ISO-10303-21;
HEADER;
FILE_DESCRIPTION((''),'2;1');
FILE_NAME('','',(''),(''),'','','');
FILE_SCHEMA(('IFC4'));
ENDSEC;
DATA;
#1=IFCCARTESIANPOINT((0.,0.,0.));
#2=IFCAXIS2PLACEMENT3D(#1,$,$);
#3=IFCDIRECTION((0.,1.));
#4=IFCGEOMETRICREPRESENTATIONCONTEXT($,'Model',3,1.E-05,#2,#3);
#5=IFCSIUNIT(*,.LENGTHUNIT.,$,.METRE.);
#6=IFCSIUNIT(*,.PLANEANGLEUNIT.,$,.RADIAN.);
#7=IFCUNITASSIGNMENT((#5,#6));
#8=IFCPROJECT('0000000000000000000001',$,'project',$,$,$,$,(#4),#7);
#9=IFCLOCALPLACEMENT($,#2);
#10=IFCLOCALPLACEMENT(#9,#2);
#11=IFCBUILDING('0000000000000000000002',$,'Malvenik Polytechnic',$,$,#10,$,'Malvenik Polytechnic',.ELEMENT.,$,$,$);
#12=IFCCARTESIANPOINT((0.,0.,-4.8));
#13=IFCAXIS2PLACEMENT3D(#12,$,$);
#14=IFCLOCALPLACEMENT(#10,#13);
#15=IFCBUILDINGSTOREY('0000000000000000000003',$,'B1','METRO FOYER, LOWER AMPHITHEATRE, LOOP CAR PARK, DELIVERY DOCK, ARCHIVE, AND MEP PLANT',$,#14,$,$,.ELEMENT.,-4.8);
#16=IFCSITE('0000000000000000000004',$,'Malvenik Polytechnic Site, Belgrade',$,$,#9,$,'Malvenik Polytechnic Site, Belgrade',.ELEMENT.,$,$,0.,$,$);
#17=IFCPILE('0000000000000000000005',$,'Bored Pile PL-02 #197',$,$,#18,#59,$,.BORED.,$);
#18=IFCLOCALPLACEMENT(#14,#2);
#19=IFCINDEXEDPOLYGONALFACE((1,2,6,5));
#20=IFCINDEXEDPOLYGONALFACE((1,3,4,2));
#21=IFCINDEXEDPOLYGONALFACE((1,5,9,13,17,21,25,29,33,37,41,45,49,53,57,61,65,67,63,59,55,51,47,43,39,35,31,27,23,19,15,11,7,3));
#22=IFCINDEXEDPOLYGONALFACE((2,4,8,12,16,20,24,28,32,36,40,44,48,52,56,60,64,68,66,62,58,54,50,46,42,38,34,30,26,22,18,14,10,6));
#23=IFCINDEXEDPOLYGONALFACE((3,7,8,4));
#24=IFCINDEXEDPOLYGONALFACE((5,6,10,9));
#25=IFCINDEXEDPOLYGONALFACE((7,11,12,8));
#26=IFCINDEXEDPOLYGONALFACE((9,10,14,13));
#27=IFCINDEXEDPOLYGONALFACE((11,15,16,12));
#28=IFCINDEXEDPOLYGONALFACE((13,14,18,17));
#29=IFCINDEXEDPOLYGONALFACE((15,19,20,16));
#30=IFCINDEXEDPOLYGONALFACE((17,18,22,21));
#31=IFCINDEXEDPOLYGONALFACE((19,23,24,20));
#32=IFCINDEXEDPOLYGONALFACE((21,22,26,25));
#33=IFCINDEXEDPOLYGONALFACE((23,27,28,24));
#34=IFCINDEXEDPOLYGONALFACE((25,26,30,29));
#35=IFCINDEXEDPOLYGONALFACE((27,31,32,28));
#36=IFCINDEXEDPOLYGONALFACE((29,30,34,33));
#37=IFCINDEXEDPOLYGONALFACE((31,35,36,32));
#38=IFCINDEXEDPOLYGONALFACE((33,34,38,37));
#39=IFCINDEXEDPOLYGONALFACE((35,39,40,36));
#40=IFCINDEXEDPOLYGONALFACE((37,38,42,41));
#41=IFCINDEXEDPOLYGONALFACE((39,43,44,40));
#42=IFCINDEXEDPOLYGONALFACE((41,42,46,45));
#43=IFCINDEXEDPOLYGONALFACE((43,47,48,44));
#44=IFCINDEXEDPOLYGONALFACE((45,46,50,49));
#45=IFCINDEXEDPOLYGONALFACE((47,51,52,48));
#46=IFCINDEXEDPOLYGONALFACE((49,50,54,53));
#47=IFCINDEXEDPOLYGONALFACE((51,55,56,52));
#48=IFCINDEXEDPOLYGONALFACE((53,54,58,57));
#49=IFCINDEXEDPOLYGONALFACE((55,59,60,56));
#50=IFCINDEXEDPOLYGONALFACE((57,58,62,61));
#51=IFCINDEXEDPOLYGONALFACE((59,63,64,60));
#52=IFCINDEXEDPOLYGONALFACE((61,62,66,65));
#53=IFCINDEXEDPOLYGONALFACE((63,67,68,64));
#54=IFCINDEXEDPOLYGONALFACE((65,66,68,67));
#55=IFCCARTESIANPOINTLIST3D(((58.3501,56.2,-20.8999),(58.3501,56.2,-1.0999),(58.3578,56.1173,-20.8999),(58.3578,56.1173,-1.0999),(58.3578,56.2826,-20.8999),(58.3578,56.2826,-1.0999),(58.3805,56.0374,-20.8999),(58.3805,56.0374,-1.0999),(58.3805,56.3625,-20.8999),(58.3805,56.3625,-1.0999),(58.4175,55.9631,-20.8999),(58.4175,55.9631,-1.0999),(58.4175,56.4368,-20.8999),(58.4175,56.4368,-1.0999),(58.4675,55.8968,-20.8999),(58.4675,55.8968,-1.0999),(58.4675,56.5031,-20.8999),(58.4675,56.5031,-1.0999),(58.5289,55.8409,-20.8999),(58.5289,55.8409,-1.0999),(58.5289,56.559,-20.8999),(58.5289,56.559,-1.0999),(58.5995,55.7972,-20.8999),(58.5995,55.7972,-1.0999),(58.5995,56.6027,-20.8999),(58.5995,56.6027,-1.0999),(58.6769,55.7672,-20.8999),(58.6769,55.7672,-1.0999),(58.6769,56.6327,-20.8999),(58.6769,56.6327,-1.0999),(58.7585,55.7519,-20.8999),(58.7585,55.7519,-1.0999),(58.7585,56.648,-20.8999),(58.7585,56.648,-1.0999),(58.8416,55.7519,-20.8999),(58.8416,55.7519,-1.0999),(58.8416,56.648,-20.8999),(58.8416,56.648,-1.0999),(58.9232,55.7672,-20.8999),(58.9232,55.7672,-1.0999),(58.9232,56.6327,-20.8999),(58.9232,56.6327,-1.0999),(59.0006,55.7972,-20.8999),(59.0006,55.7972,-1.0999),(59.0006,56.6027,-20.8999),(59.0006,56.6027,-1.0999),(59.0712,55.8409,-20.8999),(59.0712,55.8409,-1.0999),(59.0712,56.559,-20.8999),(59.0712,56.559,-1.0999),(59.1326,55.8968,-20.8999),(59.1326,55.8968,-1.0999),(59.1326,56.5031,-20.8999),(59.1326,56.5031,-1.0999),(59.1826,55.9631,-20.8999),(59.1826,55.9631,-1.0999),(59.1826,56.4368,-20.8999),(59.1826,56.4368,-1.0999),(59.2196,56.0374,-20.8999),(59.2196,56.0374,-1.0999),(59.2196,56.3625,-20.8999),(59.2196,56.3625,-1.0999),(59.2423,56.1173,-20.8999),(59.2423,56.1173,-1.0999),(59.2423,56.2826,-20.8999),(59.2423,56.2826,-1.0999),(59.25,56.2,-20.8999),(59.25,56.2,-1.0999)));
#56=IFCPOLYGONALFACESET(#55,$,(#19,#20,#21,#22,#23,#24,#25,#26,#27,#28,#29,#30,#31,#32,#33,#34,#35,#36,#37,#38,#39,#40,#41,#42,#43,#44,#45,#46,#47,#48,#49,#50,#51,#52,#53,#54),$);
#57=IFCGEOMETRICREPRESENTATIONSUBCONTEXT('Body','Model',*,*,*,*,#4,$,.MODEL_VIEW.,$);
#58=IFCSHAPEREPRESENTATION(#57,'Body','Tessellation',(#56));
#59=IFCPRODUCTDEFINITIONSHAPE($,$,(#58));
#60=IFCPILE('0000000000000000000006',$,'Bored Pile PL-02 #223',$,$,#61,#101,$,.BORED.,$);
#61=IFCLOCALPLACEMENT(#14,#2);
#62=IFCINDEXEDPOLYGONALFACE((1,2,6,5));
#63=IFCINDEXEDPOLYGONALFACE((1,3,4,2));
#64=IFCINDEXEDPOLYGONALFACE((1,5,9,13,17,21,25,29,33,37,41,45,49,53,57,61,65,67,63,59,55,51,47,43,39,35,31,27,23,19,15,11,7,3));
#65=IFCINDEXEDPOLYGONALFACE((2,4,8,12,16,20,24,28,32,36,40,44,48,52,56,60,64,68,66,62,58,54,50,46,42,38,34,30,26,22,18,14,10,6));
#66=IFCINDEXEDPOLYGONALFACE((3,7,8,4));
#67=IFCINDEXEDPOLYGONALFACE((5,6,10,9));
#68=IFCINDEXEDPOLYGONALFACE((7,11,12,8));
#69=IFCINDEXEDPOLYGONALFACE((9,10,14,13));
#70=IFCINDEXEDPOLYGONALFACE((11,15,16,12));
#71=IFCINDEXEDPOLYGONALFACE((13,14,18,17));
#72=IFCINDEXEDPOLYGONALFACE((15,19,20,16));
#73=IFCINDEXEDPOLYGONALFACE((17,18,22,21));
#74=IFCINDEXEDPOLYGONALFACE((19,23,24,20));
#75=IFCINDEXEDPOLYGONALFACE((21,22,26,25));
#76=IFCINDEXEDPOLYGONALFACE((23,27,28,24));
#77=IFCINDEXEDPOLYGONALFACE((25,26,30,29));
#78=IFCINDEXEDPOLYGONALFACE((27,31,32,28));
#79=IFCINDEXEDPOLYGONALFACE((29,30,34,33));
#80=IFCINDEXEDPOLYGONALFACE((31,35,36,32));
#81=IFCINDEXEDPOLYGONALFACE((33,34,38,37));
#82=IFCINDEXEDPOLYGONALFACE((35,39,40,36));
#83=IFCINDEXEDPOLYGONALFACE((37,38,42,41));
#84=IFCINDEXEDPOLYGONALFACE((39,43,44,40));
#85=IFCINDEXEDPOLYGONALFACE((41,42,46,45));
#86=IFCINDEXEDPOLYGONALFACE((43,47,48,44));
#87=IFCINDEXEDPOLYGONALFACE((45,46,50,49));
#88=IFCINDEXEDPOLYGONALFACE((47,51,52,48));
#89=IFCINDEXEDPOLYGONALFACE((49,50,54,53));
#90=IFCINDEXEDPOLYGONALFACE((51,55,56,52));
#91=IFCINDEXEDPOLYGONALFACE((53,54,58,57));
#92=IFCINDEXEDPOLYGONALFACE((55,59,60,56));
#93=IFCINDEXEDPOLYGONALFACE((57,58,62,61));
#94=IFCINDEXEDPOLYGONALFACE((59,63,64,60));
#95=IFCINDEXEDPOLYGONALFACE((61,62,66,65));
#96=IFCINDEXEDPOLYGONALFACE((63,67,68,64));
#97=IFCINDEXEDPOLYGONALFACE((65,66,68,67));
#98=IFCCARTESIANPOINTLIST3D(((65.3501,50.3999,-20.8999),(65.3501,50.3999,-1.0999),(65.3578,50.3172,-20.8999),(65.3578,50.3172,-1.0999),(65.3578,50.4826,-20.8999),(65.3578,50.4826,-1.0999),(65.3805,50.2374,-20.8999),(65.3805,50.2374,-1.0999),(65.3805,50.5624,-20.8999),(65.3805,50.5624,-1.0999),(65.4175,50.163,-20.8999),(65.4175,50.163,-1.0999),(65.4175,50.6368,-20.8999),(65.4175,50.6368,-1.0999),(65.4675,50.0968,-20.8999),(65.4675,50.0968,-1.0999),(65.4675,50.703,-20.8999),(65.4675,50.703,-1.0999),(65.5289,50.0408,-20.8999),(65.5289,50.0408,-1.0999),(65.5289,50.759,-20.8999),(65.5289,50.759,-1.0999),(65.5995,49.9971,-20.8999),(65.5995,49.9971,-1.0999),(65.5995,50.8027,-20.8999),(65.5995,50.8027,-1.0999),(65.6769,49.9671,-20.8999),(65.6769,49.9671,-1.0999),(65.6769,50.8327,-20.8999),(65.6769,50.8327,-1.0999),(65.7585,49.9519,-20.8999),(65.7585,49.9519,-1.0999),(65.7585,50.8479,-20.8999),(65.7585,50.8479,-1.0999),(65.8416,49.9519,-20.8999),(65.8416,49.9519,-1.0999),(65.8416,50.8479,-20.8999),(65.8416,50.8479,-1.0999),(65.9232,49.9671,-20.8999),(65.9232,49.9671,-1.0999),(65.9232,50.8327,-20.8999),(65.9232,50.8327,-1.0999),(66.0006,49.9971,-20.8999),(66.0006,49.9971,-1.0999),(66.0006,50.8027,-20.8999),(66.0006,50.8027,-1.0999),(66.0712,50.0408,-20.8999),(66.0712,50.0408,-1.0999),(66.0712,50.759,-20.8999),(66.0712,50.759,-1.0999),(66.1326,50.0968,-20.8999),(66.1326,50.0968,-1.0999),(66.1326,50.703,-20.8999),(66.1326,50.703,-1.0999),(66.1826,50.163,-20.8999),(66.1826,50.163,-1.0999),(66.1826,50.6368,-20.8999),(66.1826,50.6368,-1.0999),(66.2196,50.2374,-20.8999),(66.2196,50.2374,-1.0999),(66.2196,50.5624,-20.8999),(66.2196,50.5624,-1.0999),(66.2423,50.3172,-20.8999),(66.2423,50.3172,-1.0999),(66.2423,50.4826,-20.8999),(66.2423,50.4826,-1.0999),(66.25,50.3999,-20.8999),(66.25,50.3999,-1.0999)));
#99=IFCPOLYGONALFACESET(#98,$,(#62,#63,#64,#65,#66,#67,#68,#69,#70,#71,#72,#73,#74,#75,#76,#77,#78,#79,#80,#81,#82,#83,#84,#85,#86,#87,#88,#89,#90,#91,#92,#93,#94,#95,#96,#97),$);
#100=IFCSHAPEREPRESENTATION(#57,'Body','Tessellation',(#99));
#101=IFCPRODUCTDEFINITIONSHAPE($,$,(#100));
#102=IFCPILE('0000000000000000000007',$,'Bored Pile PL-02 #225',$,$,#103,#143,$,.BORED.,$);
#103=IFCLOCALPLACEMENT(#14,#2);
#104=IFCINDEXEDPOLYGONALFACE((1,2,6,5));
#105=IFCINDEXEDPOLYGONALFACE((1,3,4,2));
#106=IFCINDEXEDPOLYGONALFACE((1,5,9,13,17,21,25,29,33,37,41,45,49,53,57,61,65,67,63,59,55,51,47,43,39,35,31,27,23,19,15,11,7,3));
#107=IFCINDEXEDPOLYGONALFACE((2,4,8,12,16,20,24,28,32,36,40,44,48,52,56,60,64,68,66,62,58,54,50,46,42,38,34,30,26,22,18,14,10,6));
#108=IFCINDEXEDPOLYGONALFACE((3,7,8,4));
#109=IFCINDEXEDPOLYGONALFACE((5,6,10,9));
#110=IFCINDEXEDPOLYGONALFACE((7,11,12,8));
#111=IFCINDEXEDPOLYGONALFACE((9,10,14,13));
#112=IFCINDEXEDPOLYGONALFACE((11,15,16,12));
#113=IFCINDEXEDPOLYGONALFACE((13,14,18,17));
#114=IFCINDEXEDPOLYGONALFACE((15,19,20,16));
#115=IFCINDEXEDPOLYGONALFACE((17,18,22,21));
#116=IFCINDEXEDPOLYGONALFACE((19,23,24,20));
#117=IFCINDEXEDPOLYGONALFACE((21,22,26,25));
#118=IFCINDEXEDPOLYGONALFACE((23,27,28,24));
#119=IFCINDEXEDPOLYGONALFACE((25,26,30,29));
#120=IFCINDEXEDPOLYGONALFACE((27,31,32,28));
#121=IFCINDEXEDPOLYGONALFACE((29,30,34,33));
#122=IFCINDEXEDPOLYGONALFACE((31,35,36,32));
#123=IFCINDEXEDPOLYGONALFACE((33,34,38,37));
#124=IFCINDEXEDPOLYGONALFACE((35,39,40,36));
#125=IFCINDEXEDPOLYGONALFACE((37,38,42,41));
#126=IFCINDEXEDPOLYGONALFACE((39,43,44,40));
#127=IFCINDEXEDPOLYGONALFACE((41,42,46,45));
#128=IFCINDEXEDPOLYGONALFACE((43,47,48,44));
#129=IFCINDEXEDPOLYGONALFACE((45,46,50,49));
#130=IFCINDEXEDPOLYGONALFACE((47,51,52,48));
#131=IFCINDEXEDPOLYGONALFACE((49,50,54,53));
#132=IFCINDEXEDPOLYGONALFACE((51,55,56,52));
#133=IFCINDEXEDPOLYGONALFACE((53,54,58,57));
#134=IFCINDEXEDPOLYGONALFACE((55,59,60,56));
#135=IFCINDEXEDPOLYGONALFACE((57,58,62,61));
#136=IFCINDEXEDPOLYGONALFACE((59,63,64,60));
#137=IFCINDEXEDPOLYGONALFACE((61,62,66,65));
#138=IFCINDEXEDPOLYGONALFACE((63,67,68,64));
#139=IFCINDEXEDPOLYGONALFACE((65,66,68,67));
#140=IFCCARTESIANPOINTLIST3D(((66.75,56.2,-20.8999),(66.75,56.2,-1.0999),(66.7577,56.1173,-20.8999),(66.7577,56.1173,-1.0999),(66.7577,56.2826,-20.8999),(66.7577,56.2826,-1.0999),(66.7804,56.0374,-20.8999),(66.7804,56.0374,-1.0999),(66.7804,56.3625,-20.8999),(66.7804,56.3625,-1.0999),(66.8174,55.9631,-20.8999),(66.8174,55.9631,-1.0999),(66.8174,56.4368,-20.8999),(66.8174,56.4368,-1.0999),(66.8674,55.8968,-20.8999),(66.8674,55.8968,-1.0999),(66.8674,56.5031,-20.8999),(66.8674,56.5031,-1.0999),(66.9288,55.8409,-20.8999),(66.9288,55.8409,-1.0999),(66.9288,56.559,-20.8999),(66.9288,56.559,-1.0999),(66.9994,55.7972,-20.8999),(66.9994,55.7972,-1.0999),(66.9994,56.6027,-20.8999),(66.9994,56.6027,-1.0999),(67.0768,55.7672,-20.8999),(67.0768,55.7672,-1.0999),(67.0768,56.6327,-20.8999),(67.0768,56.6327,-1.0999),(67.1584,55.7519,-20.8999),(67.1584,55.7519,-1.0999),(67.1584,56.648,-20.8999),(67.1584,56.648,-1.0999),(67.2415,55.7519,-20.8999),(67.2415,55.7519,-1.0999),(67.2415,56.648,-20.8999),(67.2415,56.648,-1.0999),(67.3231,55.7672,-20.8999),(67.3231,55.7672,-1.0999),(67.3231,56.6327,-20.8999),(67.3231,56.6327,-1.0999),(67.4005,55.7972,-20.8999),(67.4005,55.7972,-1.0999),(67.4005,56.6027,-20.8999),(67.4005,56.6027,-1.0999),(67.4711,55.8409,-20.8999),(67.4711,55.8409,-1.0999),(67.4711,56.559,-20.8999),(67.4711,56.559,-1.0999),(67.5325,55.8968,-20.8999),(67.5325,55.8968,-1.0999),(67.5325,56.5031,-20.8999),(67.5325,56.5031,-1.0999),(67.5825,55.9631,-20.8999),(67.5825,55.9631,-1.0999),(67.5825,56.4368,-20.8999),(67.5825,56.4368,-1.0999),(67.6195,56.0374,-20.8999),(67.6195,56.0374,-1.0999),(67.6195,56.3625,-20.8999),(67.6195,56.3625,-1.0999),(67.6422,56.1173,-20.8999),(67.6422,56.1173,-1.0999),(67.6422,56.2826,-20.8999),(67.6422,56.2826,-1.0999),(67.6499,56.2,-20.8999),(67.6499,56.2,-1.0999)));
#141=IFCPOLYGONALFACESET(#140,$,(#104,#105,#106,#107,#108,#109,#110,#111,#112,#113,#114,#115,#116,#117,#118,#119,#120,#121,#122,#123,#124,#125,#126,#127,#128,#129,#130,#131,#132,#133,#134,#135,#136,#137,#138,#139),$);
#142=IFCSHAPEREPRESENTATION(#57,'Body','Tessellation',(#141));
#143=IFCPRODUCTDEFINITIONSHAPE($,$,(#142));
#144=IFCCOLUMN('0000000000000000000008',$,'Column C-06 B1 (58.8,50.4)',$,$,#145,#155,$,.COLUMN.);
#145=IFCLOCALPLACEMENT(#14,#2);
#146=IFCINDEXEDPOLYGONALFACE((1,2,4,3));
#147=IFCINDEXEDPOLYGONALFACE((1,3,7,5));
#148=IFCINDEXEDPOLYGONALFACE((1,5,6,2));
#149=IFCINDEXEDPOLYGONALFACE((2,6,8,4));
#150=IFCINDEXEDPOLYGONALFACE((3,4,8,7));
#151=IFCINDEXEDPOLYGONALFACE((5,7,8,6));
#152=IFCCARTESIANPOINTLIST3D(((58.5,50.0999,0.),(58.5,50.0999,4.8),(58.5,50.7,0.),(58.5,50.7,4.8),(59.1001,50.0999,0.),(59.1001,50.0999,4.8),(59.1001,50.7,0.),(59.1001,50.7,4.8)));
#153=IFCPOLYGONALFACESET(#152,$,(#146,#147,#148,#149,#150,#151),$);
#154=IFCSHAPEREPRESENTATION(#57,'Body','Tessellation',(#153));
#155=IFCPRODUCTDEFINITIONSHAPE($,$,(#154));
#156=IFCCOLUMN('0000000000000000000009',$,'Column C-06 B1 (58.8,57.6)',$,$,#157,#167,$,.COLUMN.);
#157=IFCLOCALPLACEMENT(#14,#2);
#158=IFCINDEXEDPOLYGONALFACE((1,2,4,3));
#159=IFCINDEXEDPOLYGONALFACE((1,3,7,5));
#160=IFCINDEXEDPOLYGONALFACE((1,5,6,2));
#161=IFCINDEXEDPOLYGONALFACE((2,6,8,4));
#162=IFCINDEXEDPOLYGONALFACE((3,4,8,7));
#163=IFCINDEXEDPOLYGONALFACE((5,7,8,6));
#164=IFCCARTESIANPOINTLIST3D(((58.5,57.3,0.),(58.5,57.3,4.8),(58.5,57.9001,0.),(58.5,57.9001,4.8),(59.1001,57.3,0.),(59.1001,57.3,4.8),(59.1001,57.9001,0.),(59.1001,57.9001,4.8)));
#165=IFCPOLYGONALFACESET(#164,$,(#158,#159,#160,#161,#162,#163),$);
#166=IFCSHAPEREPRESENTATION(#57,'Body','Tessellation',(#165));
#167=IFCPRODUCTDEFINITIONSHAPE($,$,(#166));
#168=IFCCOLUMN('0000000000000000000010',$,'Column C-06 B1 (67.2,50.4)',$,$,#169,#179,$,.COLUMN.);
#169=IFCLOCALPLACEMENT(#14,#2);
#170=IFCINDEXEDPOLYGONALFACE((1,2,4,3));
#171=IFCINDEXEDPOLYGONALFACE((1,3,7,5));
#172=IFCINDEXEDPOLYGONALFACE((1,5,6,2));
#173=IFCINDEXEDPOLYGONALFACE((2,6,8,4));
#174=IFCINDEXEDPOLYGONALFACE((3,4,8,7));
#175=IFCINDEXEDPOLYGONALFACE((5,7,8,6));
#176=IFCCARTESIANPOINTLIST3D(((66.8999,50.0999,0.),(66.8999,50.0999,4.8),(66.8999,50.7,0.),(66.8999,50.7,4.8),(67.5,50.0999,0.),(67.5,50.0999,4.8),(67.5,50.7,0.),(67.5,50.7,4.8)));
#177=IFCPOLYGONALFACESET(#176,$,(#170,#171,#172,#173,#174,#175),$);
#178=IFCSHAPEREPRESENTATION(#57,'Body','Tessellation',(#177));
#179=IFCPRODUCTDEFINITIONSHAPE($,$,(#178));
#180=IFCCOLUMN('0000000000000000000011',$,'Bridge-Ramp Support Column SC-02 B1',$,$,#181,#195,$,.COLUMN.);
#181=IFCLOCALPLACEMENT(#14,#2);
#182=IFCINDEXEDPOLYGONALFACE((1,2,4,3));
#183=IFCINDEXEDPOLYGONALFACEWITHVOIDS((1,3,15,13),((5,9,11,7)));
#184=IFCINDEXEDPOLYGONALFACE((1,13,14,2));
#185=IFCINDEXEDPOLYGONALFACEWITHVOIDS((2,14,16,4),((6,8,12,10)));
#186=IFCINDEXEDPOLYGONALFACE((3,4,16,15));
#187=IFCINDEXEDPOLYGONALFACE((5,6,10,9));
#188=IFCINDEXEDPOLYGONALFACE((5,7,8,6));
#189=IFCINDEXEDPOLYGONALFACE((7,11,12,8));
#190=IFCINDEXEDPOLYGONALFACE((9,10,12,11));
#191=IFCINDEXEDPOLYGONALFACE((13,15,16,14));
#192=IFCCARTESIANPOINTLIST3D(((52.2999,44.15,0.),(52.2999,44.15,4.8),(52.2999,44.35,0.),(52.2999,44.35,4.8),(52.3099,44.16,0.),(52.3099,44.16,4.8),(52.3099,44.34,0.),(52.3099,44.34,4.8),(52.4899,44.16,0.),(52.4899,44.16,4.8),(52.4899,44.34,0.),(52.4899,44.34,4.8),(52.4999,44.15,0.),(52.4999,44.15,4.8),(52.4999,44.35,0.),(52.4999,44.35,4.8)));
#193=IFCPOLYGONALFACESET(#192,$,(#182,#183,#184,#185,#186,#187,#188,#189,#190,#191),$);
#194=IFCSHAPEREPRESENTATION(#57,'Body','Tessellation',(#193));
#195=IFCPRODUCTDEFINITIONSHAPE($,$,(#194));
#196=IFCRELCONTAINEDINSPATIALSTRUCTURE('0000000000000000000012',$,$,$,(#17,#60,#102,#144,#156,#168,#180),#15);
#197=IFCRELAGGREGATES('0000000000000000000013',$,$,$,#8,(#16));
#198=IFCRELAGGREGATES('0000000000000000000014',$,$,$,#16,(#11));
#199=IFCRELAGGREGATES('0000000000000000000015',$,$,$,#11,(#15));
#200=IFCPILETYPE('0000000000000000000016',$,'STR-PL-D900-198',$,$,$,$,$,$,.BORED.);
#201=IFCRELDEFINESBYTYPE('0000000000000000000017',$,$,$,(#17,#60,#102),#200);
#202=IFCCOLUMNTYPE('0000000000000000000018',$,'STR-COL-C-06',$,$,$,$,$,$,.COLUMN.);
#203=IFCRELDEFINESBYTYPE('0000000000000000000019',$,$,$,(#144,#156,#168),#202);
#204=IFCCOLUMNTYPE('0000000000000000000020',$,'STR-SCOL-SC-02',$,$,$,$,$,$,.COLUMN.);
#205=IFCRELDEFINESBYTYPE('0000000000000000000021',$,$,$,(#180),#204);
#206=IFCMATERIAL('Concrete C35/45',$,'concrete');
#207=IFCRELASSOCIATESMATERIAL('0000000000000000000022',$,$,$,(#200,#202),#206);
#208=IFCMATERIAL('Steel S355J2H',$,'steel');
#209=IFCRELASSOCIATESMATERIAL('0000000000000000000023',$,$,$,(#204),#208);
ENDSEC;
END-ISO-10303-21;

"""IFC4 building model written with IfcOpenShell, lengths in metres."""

from ifc_helpers import new_model, si_unit, direction, frame, origin, origin_2d, place, context, subcontext, project, spatial, rectangle, hollow_rectangle, circle, extrude, material, material_profile, profile_set, type_object, element, save


model = new_model("IFC4")

# Units and contexts
model_context = context("Model", 3, precision=1e-05, world=origin(), true_north=direction((0.0, 1.0)))
body_context = subcontext(model_context, "Body", "Model", "MODEL_VIEW")
ifc_project = project(units=[si_unit("LENGTHUNIT", "METRE"), si_unit("PLANEANGLEUNIT", "RADIAN")], contexts=[model_context])

# Site, building, storey
site_placement = place(None, origin())
site = spatial("IfcSite", under=ifc_project, at=site_placement, Name="Malvenik Polytechnic Site, Belgrade", LongName="Malvenik Polytechnic Site, Belgrade", CompositionType="ELEMENT", RefElevation=0.0)
building_placement = place(site_placement, origin())
building = spatial("IfcBuilding", under=site, at=building_placement, Name="Malvenik Polytechnic", LongName="Malvenik Polytechnic", CompositionType="ELEMENT")
storey_placement = place(building_placement, frame((0.0, 0.0, -4.8)))
storey = spatial("IfcBuildingStorey", under=building, at=storey_placement, Name="B1", Description="METRO FOYER, LOWER AMPHITHEATRE, LOOP CAR PARK, DELIVERY DOCK, ARCHIVE, AND MEP PLANT", CompositionType="ELEMENT", Elevation=-4.8)

# Shared definitions
ifc_material_1 = material(Name="Concrete C35/45", Category="concrete")

# Piles
ifc_material_profile_1 = material_profile(ifc_material_1, circle(Radius=0.45, at=origin_2d()), Name="BORED PILE D900")
ifc_profile_set_1 = profile_set([ifc_material_profile_1], Name="Concrete C35/45")
pile_type = type_object("IfcPileType", Name="STR-PL-D900-198", PredefinedType="BORED", material=ifc_profile_set_1)
for number, where, z_axis, x_axis, name in (
    (1, (58.8, 56.2, -1.0999), (0.0, 0.0, -1.0), (1.0, 0.0, 0.0), "Bored Pile PL-02 #197"),
    (2, (65.8, 50.3999, -1.0999), (0.0, 0.0, -1.0), (1.0, 0.0, 0.0), "Bored Pile PL-02 #223"),
    (3, (67.2, 56.2, -1.0999), (0.0, 0.0, -1.0), (1.0, 0.0, 0.0), "Bored Pile PL-02 #225"),
):
    element("IfcPile", number, at=place(storey_placement, frame(where, z_axis=z_axis, x_axis=x_axis)), inside=storey, type_object=pile_type, Name=name, PredefinedType="BORED", context=body_context, shape_type="SweptSolid", body=[
        extrude(circle(Radius=0.45, at=origin_2d()), origin(), (0.0, 0.0, 1.0), 19.8),
    ])

# Columns
ifc_material_profile_2 = material_profile(ifc_material_1, rectangle(XDim=0.6001, YDim=0.6001, at=origin_2d()), Name="RC COL 600x600")
ifc_profile_set_2 = profile_set([ifc_material_profile_2], Name="Concrete C35/45")
column_type_1 = type_object("IfcColumnType", Name="STR-COL-C-06", PredefinedType="COLUMN", material=ifc_profile_set_2)
for number, where, z_axis, x_axis, name in (
    (4, (58.8, 50.3999, 0.0), (0.0, 0.0, 1.0), (1.0, 0.0, 0.0), "Column C-06 B1 (58.8,50.4)"),
    (5, (58.8, 57.6001, 0.0), (0.0, 0.0, 1.0), (1.0, 0.0, 0.0), "Column C-06 B1 (58.8,57.6)"),
    (6, (67.2, 50.3999, 0.0), (0.0, 0.0, 1.0), (1.0, 0.0, 0.0), "Column C-06 B1 (67.2,50.4)"),
):
    element("IfcColumn", number, at=place(storey_placement, frame(where, z_axis=z_axis, x_axis=x_axis)), inside=storey, type_object=column_type_1, Name=name, PredefinedType="COLUMN", context=body_context, shape_type="SweptSolid", body=[
        extrude(rectangle(XDim=0.6001, YDim=0.6001, at=origin_2d()), origin(), (0.0, 0.0, 1.0), 4.8),
    ])
ifc_material_2 = material(Name="Steel S355J2H", Category="steel")
ifc_material_profile_3 = material_profile(ifc_material_2, hollow_rectangle(XDim=0.2, YDim=0.2, WallThickness=0.01, at=origin_2d()), Name="SHS 200x200x10.0")
ifc_profile_set_3 = profile_set([ifc_material_profile_3], Name="Steel S355J2H")
column_type_2 = type_object("IfcColumnType", Name="STR-SCOL-SC-02", PredefinedType="COLUMN", material=ifc_profile_set_3)
column_1_placement = place(storey_placement, frame((52.3999, 44.25, 0.0), z_axis=(0.0, 0.0, 1.0), x_axis=(1.0, 0.0, 0.0)))
element("IfcColumn", 7, at=column_1_placement, inside=storey, type_object=column_type_2, Name="Bridge-Ramp Support Column SC-02 B1", PredefinedType="COLUMN", context=body_context, shape_type="SweptSolid", body=[
    extrude(hollow_rectangle(XDim=0.2, YDim=0.2, WallThickness=0.01, at=origin_2d()), origin(), (0.0, 0.0, 1.0), 4.8),
])

save(model, "model.ifc")
